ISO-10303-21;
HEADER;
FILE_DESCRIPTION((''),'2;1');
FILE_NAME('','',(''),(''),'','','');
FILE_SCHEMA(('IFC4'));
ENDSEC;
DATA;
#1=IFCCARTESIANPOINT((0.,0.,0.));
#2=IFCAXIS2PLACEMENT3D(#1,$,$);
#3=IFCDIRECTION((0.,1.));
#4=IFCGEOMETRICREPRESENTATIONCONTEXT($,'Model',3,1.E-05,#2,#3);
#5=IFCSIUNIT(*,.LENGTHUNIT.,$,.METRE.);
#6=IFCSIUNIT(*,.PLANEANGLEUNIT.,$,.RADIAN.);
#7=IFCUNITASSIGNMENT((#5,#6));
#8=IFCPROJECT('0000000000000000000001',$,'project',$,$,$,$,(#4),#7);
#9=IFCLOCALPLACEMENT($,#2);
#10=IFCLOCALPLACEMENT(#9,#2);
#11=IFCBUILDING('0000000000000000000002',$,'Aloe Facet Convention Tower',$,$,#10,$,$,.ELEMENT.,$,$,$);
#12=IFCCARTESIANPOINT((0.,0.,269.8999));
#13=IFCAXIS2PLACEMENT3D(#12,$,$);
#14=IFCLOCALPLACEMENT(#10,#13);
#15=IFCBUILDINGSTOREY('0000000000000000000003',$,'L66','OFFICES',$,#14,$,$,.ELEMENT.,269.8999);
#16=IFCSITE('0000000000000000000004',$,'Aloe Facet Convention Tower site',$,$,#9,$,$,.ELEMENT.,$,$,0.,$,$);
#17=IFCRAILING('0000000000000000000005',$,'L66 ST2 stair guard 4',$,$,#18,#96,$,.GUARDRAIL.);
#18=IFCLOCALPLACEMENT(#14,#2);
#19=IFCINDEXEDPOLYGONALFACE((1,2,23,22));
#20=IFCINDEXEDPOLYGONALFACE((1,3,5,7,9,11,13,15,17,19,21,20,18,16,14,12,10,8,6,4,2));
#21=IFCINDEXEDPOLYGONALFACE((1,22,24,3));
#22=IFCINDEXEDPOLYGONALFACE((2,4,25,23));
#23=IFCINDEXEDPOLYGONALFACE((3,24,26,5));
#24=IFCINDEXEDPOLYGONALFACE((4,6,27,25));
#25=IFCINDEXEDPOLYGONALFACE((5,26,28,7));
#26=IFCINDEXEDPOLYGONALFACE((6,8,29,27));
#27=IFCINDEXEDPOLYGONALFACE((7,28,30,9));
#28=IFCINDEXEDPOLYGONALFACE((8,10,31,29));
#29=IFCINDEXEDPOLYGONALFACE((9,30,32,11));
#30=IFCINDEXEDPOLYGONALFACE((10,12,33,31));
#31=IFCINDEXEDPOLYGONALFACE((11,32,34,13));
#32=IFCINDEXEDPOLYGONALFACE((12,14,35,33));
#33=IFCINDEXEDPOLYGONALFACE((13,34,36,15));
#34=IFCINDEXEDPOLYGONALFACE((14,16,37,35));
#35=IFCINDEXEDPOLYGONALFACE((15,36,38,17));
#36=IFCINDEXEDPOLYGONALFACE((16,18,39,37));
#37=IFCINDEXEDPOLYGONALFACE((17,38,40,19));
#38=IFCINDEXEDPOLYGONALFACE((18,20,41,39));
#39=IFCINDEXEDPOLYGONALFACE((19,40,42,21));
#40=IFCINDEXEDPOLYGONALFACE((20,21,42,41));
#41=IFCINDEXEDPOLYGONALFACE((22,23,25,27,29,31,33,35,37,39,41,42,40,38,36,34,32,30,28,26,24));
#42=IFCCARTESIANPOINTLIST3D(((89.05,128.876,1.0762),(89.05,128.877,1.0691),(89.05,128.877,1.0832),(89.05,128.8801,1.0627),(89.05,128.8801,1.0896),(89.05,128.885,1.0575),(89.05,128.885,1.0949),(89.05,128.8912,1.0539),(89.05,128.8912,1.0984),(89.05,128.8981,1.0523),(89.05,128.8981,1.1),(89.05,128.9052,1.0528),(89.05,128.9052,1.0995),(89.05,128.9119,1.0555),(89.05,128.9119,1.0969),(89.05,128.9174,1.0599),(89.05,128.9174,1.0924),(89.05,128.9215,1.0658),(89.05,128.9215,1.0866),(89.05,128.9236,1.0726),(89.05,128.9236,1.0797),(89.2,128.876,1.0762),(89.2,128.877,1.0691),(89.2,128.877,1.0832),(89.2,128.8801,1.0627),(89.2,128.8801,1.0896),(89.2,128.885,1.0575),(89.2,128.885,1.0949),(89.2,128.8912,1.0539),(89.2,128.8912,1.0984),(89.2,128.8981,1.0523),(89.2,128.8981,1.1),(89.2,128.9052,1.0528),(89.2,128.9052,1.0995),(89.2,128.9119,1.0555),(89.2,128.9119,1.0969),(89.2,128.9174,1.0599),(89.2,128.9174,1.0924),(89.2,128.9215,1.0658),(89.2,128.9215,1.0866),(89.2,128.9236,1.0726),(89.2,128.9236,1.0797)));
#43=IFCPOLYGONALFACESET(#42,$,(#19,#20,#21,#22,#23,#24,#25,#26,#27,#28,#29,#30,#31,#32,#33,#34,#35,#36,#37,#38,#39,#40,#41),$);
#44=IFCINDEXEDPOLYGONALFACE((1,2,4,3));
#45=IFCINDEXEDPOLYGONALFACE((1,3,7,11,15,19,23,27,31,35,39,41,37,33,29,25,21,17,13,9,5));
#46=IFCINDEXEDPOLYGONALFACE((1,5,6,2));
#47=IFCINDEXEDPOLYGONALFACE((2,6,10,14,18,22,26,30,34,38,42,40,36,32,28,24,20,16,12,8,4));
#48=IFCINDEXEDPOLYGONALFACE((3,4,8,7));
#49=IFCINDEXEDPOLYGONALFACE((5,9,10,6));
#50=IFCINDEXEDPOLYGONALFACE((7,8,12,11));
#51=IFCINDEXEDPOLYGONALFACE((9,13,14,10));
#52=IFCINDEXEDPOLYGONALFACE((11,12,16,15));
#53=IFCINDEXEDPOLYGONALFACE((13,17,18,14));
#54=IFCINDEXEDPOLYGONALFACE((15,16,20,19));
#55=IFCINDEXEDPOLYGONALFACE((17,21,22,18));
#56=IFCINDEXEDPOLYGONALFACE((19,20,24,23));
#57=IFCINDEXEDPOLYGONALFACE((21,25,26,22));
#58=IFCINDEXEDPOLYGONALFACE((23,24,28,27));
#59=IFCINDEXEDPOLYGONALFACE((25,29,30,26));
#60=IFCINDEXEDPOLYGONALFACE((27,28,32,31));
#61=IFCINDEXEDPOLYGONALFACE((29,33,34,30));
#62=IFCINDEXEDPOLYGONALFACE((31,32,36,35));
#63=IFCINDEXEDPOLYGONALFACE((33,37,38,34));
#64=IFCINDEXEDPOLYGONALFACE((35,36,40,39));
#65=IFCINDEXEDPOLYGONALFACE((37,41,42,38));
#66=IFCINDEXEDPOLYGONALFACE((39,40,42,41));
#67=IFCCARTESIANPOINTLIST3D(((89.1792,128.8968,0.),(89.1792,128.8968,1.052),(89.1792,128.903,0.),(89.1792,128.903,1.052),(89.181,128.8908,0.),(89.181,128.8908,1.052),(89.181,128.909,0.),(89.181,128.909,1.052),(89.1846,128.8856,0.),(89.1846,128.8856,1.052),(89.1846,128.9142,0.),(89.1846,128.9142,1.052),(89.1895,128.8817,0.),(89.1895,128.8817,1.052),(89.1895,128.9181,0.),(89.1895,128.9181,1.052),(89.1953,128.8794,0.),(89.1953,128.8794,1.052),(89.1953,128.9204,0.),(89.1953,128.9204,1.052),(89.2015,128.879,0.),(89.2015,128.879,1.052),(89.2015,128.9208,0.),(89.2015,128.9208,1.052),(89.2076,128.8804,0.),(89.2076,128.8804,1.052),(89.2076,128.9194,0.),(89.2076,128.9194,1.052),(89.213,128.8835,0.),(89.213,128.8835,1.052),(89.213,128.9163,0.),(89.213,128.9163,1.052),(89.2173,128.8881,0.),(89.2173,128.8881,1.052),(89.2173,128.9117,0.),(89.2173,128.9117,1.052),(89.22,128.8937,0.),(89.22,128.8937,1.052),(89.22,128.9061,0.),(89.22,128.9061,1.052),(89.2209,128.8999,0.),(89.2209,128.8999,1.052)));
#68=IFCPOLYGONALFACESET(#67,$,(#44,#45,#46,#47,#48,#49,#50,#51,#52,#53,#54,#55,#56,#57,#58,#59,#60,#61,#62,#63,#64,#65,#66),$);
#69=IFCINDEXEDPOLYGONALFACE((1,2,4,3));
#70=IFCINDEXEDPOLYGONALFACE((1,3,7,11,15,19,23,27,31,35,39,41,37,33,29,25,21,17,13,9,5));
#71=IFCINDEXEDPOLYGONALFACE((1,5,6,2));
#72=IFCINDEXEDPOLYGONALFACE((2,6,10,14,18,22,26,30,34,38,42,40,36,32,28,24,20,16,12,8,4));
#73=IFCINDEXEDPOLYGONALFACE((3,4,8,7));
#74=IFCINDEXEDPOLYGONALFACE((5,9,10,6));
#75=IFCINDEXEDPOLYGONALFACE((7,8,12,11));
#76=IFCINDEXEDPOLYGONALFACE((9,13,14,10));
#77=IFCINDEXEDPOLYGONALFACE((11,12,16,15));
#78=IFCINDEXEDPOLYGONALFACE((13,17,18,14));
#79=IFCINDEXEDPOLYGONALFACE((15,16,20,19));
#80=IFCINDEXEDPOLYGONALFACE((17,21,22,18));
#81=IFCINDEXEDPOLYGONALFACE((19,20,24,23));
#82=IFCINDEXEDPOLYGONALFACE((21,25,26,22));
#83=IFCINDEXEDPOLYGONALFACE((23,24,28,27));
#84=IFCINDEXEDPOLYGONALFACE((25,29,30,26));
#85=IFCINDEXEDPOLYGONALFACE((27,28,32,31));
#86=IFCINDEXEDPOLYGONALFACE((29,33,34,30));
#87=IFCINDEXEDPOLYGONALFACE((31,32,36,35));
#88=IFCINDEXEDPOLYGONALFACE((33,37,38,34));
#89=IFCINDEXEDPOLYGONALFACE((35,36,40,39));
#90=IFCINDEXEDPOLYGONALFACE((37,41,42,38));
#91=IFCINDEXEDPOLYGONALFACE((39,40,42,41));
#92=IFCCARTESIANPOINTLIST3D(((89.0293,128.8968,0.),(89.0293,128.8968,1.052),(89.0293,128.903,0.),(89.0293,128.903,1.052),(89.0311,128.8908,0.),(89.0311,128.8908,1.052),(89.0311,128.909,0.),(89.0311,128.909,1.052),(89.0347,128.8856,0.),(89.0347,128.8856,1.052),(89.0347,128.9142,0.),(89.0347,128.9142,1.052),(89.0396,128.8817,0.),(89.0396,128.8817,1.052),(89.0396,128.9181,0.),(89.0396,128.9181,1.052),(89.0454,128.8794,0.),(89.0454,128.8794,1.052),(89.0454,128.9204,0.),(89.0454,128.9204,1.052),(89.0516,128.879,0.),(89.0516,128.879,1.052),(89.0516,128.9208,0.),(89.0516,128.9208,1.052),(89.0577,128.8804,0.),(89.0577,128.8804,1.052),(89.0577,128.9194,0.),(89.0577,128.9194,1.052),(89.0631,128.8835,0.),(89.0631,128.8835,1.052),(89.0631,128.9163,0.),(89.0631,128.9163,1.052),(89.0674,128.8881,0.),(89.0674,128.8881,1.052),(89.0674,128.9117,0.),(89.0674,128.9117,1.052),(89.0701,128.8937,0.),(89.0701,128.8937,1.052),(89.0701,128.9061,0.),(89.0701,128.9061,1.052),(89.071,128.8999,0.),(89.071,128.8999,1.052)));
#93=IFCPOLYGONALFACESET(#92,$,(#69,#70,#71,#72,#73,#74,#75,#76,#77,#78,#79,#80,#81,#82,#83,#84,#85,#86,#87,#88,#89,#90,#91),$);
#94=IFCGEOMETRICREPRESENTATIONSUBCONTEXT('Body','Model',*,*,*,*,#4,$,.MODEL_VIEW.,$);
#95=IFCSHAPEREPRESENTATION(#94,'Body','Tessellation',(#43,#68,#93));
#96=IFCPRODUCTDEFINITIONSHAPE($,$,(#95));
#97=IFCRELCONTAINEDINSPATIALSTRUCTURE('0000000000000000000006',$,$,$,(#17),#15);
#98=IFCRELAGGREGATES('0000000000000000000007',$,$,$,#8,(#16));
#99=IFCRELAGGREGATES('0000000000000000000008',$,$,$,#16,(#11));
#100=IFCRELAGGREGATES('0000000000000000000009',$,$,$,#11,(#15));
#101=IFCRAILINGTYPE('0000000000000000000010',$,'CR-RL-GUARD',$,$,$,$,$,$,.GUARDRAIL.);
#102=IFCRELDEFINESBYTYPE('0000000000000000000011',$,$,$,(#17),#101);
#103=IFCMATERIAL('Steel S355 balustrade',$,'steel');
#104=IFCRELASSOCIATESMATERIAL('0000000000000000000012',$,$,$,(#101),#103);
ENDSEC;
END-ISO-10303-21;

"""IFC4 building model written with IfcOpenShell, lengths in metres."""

from ifc_helpers import new_model, si_unit, direction, frame, origin, origin_2d, place, context, subcontext, project, spatial, circle, extrude, material, type_object, element, save


model = new_model("IFC4")

# Units and contexts
model_context = context("Model", 3, precision=1e-05, world=origin(), true_north=direction((0.0, 1.0)))
body_context = subcontext(model_context, "Body", "Model", "MODEL_VIEW")
ifc_project = project(units=[si_unit("LENGTHUNIT", "METRE"), si_unit("PLANEANGLEUNIT", "RADIAN")], contexts=[model_context])

# Site, building, storey
site_placement = place(None, origin())
site = spatial("IfcSite", under=ifc_project, at=site_placement, Name="Aloe Facet Convention Tower site", CompositionType="ELEMENT", RefElevation=0.0)
building_placement = place(site_placement, origin())
building = spatial("IfcBuilding", under=site, at=building_placement, Name="Aloe Facet Convention Tower", CompositionType="ELEMENT")
storey_placement = place(building_placement, frame((0.0, 0.0, 269.8999)))
storey = spatial("IfcBuildingStorey", under=building, at=storey_placement, Name="L66", Description="OFFICES", CompositionType="ELEMENT", Elevation=269.8999)

# Railing
ifc_material_1 = material(Name="Steel S355 balustrade", Category="steel")
railing_type_1 = type_object("IfcRailingType", Name="CR-RL-GUARD", PredefinedType="GUARDRAIL", material=ifc_material_1)
railing_1_placement = place(storey_placement, frame((89.2, 128.8999, 0.0)))
element("IfcRailing", 1, at=railing_1_placement, inside=storey, type_object=railing_type_1, Name="L66 ST2 stair guard 4", PredefinedType="GUARDRAIL", context=body_context, shape_type="SweptSolid", body=[
    extrude(circle(Radius=0.0239, at=origin_2d()), frame((0.0, 0.0, 1.0762), z_axis=(-1.0, 0.0, 0.0), x_axis=(0.0, -1.0, 0.0)), (0.0, 0.0, 1.0), 0.1499),
    extrude(circle(Radius=0.021, at=origin_2d()), origin(), (0.0, 0.0, 1.0), 1.052),
    extrude(circle(Radius=0.021, at=origin_2d()), frame((-0.1499, 0.0, 0.0)), (0.0, 0.0, 1.0), 1.052),
])

save(model, "model.ifc")
